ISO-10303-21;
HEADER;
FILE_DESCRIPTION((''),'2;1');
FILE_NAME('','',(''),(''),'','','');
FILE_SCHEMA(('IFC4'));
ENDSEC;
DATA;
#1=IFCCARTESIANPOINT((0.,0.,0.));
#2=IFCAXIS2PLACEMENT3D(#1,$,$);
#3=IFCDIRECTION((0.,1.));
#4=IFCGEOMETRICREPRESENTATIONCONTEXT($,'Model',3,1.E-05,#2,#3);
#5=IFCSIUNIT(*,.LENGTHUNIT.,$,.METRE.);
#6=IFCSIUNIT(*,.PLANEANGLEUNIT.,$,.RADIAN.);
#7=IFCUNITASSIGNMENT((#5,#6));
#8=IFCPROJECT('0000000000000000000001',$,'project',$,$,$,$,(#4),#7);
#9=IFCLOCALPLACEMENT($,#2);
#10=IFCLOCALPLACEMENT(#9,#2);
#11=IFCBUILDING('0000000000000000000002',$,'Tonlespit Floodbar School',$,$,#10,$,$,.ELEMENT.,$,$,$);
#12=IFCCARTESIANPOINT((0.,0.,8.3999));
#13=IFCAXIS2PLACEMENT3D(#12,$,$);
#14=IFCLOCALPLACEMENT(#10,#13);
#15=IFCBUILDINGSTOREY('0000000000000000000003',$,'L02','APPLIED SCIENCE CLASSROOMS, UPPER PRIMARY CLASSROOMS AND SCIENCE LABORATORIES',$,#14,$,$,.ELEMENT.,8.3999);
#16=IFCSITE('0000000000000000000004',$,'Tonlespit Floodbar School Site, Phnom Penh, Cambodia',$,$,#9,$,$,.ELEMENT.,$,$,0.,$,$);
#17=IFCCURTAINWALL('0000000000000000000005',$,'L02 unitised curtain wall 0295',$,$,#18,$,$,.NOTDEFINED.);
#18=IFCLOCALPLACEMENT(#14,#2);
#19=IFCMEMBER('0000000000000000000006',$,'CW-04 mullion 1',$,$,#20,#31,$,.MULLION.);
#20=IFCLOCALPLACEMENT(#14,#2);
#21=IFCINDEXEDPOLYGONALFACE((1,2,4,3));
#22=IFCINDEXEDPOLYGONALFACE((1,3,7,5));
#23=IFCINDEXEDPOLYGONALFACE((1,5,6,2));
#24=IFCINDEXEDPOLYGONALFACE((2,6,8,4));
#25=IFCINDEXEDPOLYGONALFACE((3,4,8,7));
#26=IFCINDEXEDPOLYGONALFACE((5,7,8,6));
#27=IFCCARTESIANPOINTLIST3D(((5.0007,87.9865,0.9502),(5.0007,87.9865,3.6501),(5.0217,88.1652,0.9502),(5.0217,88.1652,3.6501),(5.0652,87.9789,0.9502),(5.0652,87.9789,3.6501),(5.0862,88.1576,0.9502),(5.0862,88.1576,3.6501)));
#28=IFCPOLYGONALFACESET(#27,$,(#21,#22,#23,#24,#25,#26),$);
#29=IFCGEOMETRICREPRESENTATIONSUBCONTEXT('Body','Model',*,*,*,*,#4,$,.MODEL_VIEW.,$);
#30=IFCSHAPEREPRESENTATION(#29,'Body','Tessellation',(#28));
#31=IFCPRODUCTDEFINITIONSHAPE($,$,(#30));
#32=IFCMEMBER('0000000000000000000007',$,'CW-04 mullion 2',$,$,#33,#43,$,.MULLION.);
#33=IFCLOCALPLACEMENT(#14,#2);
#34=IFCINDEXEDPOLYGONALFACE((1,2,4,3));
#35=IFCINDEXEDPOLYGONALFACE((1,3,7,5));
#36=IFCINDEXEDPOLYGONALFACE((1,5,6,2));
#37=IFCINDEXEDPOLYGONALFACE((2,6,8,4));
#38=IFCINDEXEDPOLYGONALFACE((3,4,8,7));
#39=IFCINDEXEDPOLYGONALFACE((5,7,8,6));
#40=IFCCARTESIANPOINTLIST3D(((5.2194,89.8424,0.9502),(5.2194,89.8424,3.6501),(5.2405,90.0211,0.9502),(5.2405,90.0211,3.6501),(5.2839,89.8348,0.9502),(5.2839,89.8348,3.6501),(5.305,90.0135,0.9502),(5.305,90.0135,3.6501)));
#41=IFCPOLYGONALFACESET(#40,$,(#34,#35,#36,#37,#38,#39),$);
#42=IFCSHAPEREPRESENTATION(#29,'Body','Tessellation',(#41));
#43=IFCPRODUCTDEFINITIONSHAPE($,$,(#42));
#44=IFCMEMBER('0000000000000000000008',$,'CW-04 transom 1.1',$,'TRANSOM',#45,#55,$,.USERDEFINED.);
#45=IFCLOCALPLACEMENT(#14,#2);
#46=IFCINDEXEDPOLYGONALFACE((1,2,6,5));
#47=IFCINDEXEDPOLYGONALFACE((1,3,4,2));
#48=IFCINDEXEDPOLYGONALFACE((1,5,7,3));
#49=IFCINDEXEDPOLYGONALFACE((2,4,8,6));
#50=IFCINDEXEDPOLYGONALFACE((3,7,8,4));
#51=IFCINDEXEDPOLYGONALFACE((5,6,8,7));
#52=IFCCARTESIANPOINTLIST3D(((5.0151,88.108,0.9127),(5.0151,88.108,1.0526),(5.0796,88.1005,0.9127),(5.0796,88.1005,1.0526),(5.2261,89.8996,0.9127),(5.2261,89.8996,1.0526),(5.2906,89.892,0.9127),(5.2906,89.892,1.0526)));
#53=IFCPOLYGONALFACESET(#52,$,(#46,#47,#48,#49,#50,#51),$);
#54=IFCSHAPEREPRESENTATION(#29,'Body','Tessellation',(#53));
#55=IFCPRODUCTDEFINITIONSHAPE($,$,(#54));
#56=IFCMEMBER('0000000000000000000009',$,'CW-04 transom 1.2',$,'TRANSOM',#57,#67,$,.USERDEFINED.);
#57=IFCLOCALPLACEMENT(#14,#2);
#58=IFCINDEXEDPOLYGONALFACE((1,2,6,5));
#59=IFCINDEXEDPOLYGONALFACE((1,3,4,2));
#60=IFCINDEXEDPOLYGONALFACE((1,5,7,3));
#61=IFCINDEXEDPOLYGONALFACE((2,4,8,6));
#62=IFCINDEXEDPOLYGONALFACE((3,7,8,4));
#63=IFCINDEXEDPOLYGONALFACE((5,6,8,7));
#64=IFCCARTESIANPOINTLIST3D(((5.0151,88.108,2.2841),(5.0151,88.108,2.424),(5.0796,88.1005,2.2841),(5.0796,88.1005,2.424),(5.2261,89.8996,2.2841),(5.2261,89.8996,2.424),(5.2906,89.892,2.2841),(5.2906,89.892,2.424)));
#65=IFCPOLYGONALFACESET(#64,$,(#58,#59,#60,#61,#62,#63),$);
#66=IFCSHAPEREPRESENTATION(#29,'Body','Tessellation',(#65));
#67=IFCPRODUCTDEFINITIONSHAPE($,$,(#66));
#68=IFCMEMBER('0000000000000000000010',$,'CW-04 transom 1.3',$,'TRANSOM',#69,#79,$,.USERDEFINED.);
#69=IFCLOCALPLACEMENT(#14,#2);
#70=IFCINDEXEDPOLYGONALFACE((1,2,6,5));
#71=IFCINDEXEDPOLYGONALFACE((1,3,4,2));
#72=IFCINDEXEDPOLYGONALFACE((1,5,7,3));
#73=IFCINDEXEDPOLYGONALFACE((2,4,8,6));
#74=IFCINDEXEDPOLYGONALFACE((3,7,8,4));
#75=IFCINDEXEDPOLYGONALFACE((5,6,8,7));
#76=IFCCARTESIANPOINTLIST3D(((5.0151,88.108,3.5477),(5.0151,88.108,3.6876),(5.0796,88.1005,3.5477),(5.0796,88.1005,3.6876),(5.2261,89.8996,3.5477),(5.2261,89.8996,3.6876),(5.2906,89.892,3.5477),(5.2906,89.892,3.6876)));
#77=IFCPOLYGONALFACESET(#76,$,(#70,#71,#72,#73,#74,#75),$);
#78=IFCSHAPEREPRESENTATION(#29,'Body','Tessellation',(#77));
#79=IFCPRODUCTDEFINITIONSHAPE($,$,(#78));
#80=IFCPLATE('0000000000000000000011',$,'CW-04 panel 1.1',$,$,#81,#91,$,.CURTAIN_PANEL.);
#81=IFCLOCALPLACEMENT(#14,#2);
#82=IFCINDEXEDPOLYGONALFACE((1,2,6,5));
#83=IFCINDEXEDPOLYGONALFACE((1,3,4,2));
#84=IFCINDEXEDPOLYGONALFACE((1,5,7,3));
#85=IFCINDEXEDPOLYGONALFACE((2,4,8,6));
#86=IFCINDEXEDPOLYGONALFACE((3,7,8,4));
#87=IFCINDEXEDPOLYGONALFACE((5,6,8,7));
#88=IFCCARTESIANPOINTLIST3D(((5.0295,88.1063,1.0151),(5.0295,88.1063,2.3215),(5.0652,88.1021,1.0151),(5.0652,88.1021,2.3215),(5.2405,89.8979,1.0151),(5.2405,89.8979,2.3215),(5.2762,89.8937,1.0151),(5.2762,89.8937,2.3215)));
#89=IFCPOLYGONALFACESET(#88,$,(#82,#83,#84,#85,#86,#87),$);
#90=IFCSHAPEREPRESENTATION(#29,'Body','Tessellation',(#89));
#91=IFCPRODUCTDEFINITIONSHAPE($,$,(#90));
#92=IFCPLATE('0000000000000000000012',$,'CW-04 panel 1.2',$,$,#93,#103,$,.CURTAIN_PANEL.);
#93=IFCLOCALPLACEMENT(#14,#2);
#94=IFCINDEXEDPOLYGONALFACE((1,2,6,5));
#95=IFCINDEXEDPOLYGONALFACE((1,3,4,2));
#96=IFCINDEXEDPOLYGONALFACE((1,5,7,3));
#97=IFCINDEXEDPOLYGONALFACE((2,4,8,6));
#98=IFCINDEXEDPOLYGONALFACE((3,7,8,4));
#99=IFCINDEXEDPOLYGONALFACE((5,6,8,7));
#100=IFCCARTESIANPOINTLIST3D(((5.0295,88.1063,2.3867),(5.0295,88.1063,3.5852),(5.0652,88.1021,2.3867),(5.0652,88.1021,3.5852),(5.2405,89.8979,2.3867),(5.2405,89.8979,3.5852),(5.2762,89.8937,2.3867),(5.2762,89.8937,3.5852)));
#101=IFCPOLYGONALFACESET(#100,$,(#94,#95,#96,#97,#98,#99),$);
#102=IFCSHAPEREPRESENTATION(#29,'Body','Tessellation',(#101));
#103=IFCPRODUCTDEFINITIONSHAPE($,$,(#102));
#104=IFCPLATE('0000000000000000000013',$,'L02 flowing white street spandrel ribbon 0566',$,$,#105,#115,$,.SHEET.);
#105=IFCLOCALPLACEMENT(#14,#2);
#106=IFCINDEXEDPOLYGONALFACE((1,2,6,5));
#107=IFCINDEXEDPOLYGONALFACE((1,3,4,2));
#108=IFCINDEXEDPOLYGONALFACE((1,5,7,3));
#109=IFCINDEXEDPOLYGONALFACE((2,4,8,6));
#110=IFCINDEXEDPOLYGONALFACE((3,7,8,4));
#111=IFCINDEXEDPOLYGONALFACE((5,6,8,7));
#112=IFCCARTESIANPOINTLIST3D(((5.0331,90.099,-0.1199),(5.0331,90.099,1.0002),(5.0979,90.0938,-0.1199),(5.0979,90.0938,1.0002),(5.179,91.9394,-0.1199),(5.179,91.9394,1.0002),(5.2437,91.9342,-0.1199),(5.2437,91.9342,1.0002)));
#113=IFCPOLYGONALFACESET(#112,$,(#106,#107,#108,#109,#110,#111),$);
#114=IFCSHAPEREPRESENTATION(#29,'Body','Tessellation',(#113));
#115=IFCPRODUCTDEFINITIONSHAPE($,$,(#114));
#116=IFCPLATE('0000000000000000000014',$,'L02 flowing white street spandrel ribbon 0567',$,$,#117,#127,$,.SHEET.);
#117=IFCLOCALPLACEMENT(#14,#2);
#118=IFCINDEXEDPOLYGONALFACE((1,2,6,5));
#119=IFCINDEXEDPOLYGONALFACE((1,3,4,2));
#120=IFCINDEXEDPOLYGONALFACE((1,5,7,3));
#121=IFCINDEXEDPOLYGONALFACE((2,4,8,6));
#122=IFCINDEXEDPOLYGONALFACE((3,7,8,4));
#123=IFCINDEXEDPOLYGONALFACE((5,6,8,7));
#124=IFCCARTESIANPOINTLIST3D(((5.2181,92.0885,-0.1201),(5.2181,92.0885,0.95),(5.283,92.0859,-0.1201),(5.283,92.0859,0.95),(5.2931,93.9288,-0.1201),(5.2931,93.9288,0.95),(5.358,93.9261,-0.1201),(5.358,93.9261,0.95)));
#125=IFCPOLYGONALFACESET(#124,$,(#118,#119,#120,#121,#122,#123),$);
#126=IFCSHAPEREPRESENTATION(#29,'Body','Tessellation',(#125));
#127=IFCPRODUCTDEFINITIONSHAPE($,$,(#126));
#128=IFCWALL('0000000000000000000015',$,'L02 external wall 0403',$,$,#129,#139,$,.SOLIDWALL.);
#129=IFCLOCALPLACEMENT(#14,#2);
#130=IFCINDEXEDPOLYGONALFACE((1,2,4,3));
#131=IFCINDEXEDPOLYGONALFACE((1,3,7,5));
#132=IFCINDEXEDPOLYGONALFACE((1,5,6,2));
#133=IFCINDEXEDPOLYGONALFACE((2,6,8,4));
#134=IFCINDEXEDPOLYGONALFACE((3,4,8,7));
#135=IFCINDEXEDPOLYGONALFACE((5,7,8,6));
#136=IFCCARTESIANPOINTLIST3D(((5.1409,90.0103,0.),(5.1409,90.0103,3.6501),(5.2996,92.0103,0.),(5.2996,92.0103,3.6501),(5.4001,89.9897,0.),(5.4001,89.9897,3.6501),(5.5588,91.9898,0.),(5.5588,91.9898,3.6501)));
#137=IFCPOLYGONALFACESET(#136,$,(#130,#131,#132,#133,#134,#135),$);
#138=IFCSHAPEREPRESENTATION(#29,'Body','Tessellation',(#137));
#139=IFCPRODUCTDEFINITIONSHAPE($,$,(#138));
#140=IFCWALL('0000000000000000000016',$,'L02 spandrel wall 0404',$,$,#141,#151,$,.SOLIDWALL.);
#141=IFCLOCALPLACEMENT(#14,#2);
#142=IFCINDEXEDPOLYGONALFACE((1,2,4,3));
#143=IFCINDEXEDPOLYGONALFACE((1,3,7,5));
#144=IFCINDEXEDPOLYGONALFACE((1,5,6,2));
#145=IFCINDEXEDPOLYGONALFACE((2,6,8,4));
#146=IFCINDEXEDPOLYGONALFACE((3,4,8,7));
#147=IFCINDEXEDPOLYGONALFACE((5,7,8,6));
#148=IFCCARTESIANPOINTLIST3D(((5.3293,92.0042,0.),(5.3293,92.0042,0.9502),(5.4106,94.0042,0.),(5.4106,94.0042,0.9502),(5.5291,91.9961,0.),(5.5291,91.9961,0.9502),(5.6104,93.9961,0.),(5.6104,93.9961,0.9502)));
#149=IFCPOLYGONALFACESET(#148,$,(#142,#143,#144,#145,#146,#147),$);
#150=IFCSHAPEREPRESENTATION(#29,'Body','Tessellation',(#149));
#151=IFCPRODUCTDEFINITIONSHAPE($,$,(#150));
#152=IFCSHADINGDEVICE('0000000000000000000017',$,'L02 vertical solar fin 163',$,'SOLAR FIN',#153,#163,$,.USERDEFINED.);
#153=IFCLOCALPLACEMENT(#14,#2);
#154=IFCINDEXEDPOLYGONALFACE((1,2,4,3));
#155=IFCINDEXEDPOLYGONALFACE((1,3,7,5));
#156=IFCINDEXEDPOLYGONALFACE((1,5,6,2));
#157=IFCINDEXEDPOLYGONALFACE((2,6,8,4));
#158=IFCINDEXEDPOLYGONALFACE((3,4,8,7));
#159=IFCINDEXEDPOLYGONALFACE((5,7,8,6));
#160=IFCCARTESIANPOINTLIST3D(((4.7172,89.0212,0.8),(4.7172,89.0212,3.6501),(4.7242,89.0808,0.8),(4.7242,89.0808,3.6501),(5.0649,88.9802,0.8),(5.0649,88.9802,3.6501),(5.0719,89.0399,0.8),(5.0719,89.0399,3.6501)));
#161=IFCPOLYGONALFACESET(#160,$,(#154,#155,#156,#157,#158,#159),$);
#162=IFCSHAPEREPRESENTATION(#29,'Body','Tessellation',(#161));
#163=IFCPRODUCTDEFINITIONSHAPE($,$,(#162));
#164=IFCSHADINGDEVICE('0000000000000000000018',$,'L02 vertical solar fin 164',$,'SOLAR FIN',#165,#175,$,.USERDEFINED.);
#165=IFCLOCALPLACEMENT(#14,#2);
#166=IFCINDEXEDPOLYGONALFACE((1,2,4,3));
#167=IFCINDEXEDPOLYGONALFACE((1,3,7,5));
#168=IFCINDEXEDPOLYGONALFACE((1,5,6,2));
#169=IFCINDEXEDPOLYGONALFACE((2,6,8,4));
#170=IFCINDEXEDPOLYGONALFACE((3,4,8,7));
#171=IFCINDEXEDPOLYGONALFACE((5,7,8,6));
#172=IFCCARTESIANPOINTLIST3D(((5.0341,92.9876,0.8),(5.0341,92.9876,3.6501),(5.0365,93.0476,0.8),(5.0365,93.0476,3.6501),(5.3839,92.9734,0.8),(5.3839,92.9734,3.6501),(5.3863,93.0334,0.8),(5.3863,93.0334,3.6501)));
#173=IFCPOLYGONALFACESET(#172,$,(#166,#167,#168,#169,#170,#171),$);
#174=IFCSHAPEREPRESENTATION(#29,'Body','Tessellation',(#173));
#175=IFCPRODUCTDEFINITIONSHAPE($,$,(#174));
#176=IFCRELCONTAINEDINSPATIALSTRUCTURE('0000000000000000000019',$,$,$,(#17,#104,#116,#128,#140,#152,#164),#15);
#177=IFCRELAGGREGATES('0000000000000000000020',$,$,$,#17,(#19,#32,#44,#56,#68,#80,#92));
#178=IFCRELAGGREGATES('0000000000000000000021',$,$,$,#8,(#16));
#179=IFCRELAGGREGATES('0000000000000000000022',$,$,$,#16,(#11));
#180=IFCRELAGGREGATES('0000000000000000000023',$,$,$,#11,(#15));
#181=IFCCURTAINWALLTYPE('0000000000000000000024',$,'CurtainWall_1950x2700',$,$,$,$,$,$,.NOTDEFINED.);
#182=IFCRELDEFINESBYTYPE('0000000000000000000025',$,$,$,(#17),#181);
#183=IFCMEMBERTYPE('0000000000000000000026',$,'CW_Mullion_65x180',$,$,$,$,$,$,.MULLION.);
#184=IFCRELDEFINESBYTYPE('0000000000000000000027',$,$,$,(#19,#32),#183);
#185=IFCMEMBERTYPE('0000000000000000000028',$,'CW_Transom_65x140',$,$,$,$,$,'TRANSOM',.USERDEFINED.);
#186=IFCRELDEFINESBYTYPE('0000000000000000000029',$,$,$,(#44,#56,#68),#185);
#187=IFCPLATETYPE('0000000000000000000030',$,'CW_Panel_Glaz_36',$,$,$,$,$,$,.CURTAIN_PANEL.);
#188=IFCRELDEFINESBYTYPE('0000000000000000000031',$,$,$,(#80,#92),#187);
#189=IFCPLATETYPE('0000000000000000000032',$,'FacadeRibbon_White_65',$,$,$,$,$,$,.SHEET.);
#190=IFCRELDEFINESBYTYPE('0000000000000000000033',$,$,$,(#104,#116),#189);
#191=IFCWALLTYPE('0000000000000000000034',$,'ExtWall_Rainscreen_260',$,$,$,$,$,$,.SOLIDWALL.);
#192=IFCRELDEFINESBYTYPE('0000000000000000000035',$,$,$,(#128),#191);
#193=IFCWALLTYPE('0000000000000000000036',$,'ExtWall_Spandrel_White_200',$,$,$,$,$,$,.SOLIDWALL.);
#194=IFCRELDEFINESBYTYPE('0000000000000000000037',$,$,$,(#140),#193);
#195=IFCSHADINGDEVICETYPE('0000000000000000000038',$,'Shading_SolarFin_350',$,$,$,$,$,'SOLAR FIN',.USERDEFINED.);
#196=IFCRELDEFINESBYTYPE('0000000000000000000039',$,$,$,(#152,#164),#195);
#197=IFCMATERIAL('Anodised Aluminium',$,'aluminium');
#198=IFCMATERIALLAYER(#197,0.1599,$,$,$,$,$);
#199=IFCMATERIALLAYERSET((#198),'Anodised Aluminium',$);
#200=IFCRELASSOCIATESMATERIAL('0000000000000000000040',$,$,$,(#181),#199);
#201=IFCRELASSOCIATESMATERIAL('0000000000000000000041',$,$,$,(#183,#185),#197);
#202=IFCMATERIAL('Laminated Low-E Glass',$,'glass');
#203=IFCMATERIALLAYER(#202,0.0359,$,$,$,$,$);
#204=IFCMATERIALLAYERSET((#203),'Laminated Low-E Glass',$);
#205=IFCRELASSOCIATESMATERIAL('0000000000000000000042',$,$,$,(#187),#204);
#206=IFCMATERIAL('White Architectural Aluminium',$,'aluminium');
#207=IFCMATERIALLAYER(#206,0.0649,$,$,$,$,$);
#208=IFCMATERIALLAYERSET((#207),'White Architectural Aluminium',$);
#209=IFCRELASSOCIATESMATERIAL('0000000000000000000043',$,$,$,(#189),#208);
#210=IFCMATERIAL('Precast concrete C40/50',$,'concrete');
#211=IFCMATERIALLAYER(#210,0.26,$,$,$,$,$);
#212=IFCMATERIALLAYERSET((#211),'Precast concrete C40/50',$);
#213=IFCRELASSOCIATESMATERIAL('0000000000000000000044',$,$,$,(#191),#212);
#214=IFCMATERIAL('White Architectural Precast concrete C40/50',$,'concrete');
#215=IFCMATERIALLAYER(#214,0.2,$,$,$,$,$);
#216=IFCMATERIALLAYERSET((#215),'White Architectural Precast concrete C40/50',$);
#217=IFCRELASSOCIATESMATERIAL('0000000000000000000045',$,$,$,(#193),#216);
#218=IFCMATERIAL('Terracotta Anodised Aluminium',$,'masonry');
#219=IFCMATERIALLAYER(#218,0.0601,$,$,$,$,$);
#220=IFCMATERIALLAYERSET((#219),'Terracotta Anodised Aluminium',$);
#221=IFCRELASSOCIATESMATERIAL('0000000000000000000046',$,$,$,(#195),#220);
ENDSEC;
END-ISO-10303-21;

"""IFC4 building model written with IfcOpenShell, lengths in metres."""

from ifc_helpers import new_model, si_unit, direction, frame, frame_2d, origin, origin_2d, place, context, subcontext, project, spatial, rectangle, extrude, material, layer, layer_set, material_profile, profile_set, type_object, element, aggregate, save


model = new_model("IFC4")

# Units and contexts
model_context = context("Model", 3, precision=1e-05, world=origin(), true_north=direction((0.0, 1.0)))
body_context = subcontext(model_context, "Body", "Model", "MODEL_VIEW")
ifc_project = project(units=[si_unit("LENGTHUNIT", "METRE"), si_unit("PLANEANGLEUNIT", "RADIAN")], contexts=[model_context])

# Site, building, storey
site_placement = place(None, origin())
site = spatial("IfcSite", under=ifc_project, at=site_placement, Name="Tonlespit Floodbar School Site, Phnom Penh, Cambodia", CompositionType="ELEMENT", RefElevation=0.0)
building_placement = place(site_placement, origin())
building = spatial("IfcBuilding", under=site, at=building_placement, Name="Tonlespit Floodbar School", CompositionType="ELEMENT")
storey_placement = place(building_placement, frame((0.0, 0.0, 8.3999)))
storey = spatial("IfcBuildingStorey", under=building, at=storey_placement, Name="L02", Description="APPLIED SCIENCE CLASSROOMS, UPPER PRIMARY CLASSROOMS AND SCIENCE LABORATORIES", CompositionType="ELEMENT", Elevation=8.3999)

# Curtain wall, members, plates
ifc_material_1 = material(Name="Anodised Aluminium", Category="aluminium")
ifc_layer_1 = layer(ifc_material_1, 0.1599)
ifc_layer_set_1 = layer_set([ifc_layer_1], Name="Anodised Aluminium")
curtain_wall_type = type_object("IfcCurtainWallType", Name="CurtainWall_1950x2700", PredefinedType="NOTDEFINED", material=ifc_layer_set_1)
curtain_wall_placement = place(storey_placement, origin())
curtain_wall = element("IfcCurtainWall", 1, at=curtain_wall_placement, inside=storey, type_object=curtain_wall_type, Name="L02 unitised curtain wall 0295", PredefinedType="NOTDEFINED")
ifc_material_profile_1 = material_profile(ifc_material_1, rectangle(XDim=0.0649, YDim=0.1799, at=origin_2d()), Name="ALU M65x180")
ifc_profile_set_1 = profile_set([ifc_material_profile_1], Name="Anodised Aluminium")
member_type_1 = type_object("IfcMemberType", Name="CW_Mullion_65x180", PredefinedType="MULLION", material=ifc_profile_set_1)
member_1_placement = place(storey_placement, frame((5.0435, 88.072, 0.9502), z_axis=(0.0, 0.0, 1.0), x_axis=(-0.993136, 0.116967, 0.0)))
member_1 = element("IfcMember", 2, at=member_1_placement, type_object=member_type_1, Name="CW-04 mullion 1", PredefinedType="MULLION", context=body_context, shape_type="SweptSolid", body=[
    extrude(rectangle(XDim=0.0649, YDim=0.1799, at=origin_2d()), origin(), (0.0, 0.0, 1.0), 2.7),
])
member_2_placement = place(storey_placement, frame((5.2622, 89.928, 0.9502), z_axis=(0.0, 0.0, 1.0), x_axis=(-0.993136, 0.116967, 0.0)))
member_2 = element("IfcMember", 3, at=member_2_placement, type_object=member_type_1, Name="CW-04 mullion 2", PredefinedType="MULLION", context=body_context, shape_type="SweptSolid", body=[
    extrude(rectangle(XDim=0.0649, YDim=0.1799, at=origin_2d()), origin(), (0.0, 0.0, 1.0), 2.7),
])
ifc_material_profile_2 = material_profile(ifc_material_1, rectangle(XDim=0.0649, YDim=0.1399, at=origin_2d()), Name="ALU T65x140")
ifc_profile_set_2 = profile_set([ifc_material_profile_2], Name="Anodised Aluminium")
member_type_2 = type_object("IfcMemberType", Name="CW_Transom_65x140", ElementType="TRANSOM", PredefinedType="USERDEFINED", material=ifc_profile_set_2)
member_3_placement = place(storey_placement, frame((5.0474, 88.1042, 0.9827), z_axis=(0.116935, 0.99314, 0.0), x_axis=(-0.99314, 0.116935, 0.0)))
member_3 = element("IfcMember", 4, at=member_3_placement, type_object=member_type_2, Name="CW-04 transom 1.1", ObjectType="TRANSOM", PredefinedType="USERDEFINED", context=body_context, shape_type="SweptSolid", body=[
    extrude(rectangle(XDim=0.0649, YDim=0.1399, at=origin_2d()), origin(), (0.0, 0.0, 1.0), 1.804),
])
member_4_placement = place(storey_placement, frame((5.0474, 88.1042, 2.354), z_axis=(0.116935, 0.99314, 0.0), x_axis=(-0.99314, 0.116935, 0.0)))
member_4 = element("IfcMember", 5, at=member_4_placement, type_object=member_type_2, Name="CW-04 transom 1.2", ObjectType="TRANSOM", PredefinedType="USERDEFINED", context=body_context, shape_type="SweptSolid", body=[
    extrude(rectangle(XDim=0.0649, YDim=0.1399, at=origin_2d()), origin(), (0.0, 0.0, 1.0), 1.804),
])
member_5_placement = place(storey_placement, frame((5.0474, 88.1042, 3.6177), z_axis=(0.116935, 0.99314, 0.0), x_axis=(-0.99314, 0.116935, 0.0)))
member_5 = element("IfcMember", 6, at=member_5_placement, type_object=member_type_2, Name="CW-04 transom 1.3", ObjectType="TRANSOM", PredefinedType="USERDEFINED", context=body_context, shape_type="SweptSolid", body=[
    extrude(rectangle(XDim=0.0649, YDim=0.1399, at=origin_2d()), origin(), (0.0, 0.0, 1.0), 1.804),
])
ifc_material_2 = material(Name="Laminated Low-E Glass", Category="glass")
ifc_layer_2 = layer(ifc_material_2, 0.0359)
ifc_layer_set_2 = layer_set([ifc_layer_2], Name="Laminated Low-E Glass")
plate_type_1 = type_object("IfcPlateType", Name="CW_Panel_Glaz_36", PredefinedType="CURTAIN_PANEL", material=ifc_layer_set_2)
plate_1_placement = place(storey_placement, frame((5.1528, 89.0, 1.0151), z_axis=(0.0, 0.0, 1.0), x_axis=(0.116967, 0.993136, 0.0)))
plate_1 = element("IfcPlate", 7, at=plate_1_placement, type_object=plate_type_1, Name="CW-04 panel 1.1", PredefinedType="CURTAIN_PANEL", context=body_context, shape_type="SweptSolid", body=[
    extrude(rectangle(XDim=1.804, YDim=0.0359, at=origin_2d()), origin(), (0.0, 0.0, 1.0), 1.3064),
])
plate_2_placement = place(storey_placement, frame((5.1528, 89.0, 2.3867), z_axis=(0.0, 0.0, 1.0), x_axis=(0.116967, 0.993136, 0.0)))
plate_2 = element("IfcPlate", 8, at=plate_2_placement, type_object=plate_type_1, Name="CW-04 panel 1.2", PredefinedType="CURTAIN_PANEL", context=body_context, shape_type="SweptSolid", body=[
    extrude(rectangle(XDim=1.804, YDim=0.0359, at=origin_2d()), origin(), (0.0, 0.0, 1.0), 1.1985),
])
aggregate(curtain_wall, [member_1, member_2, member_3, member_4, member_5, plate_1, plate_2])

# Plates
ifc_material_3 = material(Name="White Architectural Aluminium", Category="aluminium")
ifc_layer_3 = layer(ifc_material_3, 0.0649)
ifc_layer_set_3 = layer_set([ifc_layer_3], Name="White Architectural Aluminium")
plate_type_2 = type_object("IfcPlateType", Name="FacadeRibbon_White_65", PredefinedType="SHEET", material=ifc_layer_set_3)
plate_3_placement = place(storey_placement, frame((5.1384, 91.0166, -0.1199), z_axis=(0.0, 0.0, 1.0), x_axis=(0.079002, 0.996874, 0.0)))
element("IfcPlate", 9, at=plate_3_placement, inside=storey, type_object=plate_type_2, Name="L02 flowing white street spandrel ribbon 0566", PredefinedType="SHEET", context=body_context, shape_type="SweptSolid", body=[
    extrude(rectangle(XDim=1.8462, YDim=0.0649, at=origin_2d()), origin(), (0.0, 0.0, 1.0), 1.1201),
])
plate_4_placement = place(storey_placement, frame((5.2881, 93.0073, -0.1201), z_axis=(0.0, 0.0, 1.0), x_axis=(0.040716, 0.999171, 0.0)))
element("IfcPlate", 10, at=plate_4_placement, inside=storey, type_object=plate_type_2, Name="L02 flowing white street spandrel ribbon 0567", PredefinedType="SHEET", context=body_context, shape_type="SweptSolid", body=[
    extrude(rectangle(XDim=1.8418, YDim=0.0649, at=origin_2d()), origin(), (0.0, 0.0, 1.0), 1.0701),
])

# Walls
ifc_material_4 = material(Name="Precast concrete C40/50", Category="concrete")
ifc_layer_4 = layer(ifc_material_4, 0.26)
ifc_layer_set_4 = layer_set([ifc_layer_4], Name="Precast concrete C40/50")
wall_type_1 = type_object("IfcWallType", Name="ExtWall_Rainscreen_260", PredefinedType="SOLIDWALL", material=ifc_layer_set_4)
wall_1_placement = place(storey_placement, frame((5.2705, 90.0, 0.0), z_axis=(0.0, 0.0, 1.0), x_axis=(0.079097, 0.996867, 0.0)))
element("IfcWall", 11, at=wall_1_placement, inside=storey, type_object=wall_type_1, Name="L02 external wall 0403", PredefinedType="SOLIDWALL", context=body_context, shape_type="SweptSolid", body=[
    extrude(rectangle(XDim=2.0063, YDim=0.26, at=frame_2d((1.0032, 0.0))), origin(), (0.0, 0.0, 1.0), 3.6501),
])
ifc_material_5 = material(Name="White Architectural Precast concrete C40/50", Category="concrete")
ifc_layer_5 = layer(ifc_material_5, 0.2)
ifc_layer_set_5 = layer_set([ifc_layer_5], Name="White Architectural Precast concrete C40/50")
wall_type_2 = type_object("IfcWallType", Name="ExtWall_Spandrel_White_200", PredefinedType="SOLIDWALL", material=ifc_layer_set_5)
wall_2_placement = place(storey_placement, frame((5.4292, 92.0, 0.0), z_axis=(0.0, 0.0, 1.0), x_axis=(0.040616, 0.999175, 0.0)))
element("IfcWall", 12, at=wall_2_placement, inside=storey, type_object=wall_type_2, Name="L02 spandrel wall 0404", PredefinedType="SOLIDWALL", context=body_context, shape_type="SweptSolid", body=[
    extrude(rectangle(XDim=2.0017, YDim=0.2, at=frame_2d((1.001, 0.0))), origin(), (0.0, 0.0, 1.0), 0.9502),
])

# Shading devices
ifc_material_6 = material(Name="Terracotta Anodised Aluminium", Category="masonry")
ifc_layer_6 = layer(ifc_material_6, 0.0601)
ifc_layer_set_6 = layer_set([ifc_layer_6], Name="Terracotta Anodised Aluminium")
shading_device_type = type_object("IfcShadingDeviceType", Name="Shading_SolarFin_350", ElementType="SOLAR FIN", PredefinedType="USERDEFINED", material=ifc_layer_set_6)
for number, where, z_axis, x_axis, name in (
    (13, (4.8945, 89.0305, 0.8), (0.0, 0.0, 1.0), (0.116991, 0.993133, 0.0), "L02 vertical solar fin 163"),
    (14, (5.2102, 93.0105, 0.8), (0.0, 0.0, 1.0), (0.040716, 0.999171, 0.0), "L02 vertical solar fin 164"),
):
    element("IfcShadingDevice", number, at=place(storey_placement, frame(where, z_axis=z_axis, x_axis=x_axis)), inside=storey, type_object=shading_device_type, Name=name, ObjectType="SOLAR FIN", PredefinedType="USERDEFINED", context=body_context, shape_type="SweptSolid", body=[
        extrude(rectangle(XDim=0.0601, YDim=0.3501, at=origin_2d()), origin(), (0.0, 0.0, 1.0), 2.8501),
    ])

save(model, "model.ifc")
